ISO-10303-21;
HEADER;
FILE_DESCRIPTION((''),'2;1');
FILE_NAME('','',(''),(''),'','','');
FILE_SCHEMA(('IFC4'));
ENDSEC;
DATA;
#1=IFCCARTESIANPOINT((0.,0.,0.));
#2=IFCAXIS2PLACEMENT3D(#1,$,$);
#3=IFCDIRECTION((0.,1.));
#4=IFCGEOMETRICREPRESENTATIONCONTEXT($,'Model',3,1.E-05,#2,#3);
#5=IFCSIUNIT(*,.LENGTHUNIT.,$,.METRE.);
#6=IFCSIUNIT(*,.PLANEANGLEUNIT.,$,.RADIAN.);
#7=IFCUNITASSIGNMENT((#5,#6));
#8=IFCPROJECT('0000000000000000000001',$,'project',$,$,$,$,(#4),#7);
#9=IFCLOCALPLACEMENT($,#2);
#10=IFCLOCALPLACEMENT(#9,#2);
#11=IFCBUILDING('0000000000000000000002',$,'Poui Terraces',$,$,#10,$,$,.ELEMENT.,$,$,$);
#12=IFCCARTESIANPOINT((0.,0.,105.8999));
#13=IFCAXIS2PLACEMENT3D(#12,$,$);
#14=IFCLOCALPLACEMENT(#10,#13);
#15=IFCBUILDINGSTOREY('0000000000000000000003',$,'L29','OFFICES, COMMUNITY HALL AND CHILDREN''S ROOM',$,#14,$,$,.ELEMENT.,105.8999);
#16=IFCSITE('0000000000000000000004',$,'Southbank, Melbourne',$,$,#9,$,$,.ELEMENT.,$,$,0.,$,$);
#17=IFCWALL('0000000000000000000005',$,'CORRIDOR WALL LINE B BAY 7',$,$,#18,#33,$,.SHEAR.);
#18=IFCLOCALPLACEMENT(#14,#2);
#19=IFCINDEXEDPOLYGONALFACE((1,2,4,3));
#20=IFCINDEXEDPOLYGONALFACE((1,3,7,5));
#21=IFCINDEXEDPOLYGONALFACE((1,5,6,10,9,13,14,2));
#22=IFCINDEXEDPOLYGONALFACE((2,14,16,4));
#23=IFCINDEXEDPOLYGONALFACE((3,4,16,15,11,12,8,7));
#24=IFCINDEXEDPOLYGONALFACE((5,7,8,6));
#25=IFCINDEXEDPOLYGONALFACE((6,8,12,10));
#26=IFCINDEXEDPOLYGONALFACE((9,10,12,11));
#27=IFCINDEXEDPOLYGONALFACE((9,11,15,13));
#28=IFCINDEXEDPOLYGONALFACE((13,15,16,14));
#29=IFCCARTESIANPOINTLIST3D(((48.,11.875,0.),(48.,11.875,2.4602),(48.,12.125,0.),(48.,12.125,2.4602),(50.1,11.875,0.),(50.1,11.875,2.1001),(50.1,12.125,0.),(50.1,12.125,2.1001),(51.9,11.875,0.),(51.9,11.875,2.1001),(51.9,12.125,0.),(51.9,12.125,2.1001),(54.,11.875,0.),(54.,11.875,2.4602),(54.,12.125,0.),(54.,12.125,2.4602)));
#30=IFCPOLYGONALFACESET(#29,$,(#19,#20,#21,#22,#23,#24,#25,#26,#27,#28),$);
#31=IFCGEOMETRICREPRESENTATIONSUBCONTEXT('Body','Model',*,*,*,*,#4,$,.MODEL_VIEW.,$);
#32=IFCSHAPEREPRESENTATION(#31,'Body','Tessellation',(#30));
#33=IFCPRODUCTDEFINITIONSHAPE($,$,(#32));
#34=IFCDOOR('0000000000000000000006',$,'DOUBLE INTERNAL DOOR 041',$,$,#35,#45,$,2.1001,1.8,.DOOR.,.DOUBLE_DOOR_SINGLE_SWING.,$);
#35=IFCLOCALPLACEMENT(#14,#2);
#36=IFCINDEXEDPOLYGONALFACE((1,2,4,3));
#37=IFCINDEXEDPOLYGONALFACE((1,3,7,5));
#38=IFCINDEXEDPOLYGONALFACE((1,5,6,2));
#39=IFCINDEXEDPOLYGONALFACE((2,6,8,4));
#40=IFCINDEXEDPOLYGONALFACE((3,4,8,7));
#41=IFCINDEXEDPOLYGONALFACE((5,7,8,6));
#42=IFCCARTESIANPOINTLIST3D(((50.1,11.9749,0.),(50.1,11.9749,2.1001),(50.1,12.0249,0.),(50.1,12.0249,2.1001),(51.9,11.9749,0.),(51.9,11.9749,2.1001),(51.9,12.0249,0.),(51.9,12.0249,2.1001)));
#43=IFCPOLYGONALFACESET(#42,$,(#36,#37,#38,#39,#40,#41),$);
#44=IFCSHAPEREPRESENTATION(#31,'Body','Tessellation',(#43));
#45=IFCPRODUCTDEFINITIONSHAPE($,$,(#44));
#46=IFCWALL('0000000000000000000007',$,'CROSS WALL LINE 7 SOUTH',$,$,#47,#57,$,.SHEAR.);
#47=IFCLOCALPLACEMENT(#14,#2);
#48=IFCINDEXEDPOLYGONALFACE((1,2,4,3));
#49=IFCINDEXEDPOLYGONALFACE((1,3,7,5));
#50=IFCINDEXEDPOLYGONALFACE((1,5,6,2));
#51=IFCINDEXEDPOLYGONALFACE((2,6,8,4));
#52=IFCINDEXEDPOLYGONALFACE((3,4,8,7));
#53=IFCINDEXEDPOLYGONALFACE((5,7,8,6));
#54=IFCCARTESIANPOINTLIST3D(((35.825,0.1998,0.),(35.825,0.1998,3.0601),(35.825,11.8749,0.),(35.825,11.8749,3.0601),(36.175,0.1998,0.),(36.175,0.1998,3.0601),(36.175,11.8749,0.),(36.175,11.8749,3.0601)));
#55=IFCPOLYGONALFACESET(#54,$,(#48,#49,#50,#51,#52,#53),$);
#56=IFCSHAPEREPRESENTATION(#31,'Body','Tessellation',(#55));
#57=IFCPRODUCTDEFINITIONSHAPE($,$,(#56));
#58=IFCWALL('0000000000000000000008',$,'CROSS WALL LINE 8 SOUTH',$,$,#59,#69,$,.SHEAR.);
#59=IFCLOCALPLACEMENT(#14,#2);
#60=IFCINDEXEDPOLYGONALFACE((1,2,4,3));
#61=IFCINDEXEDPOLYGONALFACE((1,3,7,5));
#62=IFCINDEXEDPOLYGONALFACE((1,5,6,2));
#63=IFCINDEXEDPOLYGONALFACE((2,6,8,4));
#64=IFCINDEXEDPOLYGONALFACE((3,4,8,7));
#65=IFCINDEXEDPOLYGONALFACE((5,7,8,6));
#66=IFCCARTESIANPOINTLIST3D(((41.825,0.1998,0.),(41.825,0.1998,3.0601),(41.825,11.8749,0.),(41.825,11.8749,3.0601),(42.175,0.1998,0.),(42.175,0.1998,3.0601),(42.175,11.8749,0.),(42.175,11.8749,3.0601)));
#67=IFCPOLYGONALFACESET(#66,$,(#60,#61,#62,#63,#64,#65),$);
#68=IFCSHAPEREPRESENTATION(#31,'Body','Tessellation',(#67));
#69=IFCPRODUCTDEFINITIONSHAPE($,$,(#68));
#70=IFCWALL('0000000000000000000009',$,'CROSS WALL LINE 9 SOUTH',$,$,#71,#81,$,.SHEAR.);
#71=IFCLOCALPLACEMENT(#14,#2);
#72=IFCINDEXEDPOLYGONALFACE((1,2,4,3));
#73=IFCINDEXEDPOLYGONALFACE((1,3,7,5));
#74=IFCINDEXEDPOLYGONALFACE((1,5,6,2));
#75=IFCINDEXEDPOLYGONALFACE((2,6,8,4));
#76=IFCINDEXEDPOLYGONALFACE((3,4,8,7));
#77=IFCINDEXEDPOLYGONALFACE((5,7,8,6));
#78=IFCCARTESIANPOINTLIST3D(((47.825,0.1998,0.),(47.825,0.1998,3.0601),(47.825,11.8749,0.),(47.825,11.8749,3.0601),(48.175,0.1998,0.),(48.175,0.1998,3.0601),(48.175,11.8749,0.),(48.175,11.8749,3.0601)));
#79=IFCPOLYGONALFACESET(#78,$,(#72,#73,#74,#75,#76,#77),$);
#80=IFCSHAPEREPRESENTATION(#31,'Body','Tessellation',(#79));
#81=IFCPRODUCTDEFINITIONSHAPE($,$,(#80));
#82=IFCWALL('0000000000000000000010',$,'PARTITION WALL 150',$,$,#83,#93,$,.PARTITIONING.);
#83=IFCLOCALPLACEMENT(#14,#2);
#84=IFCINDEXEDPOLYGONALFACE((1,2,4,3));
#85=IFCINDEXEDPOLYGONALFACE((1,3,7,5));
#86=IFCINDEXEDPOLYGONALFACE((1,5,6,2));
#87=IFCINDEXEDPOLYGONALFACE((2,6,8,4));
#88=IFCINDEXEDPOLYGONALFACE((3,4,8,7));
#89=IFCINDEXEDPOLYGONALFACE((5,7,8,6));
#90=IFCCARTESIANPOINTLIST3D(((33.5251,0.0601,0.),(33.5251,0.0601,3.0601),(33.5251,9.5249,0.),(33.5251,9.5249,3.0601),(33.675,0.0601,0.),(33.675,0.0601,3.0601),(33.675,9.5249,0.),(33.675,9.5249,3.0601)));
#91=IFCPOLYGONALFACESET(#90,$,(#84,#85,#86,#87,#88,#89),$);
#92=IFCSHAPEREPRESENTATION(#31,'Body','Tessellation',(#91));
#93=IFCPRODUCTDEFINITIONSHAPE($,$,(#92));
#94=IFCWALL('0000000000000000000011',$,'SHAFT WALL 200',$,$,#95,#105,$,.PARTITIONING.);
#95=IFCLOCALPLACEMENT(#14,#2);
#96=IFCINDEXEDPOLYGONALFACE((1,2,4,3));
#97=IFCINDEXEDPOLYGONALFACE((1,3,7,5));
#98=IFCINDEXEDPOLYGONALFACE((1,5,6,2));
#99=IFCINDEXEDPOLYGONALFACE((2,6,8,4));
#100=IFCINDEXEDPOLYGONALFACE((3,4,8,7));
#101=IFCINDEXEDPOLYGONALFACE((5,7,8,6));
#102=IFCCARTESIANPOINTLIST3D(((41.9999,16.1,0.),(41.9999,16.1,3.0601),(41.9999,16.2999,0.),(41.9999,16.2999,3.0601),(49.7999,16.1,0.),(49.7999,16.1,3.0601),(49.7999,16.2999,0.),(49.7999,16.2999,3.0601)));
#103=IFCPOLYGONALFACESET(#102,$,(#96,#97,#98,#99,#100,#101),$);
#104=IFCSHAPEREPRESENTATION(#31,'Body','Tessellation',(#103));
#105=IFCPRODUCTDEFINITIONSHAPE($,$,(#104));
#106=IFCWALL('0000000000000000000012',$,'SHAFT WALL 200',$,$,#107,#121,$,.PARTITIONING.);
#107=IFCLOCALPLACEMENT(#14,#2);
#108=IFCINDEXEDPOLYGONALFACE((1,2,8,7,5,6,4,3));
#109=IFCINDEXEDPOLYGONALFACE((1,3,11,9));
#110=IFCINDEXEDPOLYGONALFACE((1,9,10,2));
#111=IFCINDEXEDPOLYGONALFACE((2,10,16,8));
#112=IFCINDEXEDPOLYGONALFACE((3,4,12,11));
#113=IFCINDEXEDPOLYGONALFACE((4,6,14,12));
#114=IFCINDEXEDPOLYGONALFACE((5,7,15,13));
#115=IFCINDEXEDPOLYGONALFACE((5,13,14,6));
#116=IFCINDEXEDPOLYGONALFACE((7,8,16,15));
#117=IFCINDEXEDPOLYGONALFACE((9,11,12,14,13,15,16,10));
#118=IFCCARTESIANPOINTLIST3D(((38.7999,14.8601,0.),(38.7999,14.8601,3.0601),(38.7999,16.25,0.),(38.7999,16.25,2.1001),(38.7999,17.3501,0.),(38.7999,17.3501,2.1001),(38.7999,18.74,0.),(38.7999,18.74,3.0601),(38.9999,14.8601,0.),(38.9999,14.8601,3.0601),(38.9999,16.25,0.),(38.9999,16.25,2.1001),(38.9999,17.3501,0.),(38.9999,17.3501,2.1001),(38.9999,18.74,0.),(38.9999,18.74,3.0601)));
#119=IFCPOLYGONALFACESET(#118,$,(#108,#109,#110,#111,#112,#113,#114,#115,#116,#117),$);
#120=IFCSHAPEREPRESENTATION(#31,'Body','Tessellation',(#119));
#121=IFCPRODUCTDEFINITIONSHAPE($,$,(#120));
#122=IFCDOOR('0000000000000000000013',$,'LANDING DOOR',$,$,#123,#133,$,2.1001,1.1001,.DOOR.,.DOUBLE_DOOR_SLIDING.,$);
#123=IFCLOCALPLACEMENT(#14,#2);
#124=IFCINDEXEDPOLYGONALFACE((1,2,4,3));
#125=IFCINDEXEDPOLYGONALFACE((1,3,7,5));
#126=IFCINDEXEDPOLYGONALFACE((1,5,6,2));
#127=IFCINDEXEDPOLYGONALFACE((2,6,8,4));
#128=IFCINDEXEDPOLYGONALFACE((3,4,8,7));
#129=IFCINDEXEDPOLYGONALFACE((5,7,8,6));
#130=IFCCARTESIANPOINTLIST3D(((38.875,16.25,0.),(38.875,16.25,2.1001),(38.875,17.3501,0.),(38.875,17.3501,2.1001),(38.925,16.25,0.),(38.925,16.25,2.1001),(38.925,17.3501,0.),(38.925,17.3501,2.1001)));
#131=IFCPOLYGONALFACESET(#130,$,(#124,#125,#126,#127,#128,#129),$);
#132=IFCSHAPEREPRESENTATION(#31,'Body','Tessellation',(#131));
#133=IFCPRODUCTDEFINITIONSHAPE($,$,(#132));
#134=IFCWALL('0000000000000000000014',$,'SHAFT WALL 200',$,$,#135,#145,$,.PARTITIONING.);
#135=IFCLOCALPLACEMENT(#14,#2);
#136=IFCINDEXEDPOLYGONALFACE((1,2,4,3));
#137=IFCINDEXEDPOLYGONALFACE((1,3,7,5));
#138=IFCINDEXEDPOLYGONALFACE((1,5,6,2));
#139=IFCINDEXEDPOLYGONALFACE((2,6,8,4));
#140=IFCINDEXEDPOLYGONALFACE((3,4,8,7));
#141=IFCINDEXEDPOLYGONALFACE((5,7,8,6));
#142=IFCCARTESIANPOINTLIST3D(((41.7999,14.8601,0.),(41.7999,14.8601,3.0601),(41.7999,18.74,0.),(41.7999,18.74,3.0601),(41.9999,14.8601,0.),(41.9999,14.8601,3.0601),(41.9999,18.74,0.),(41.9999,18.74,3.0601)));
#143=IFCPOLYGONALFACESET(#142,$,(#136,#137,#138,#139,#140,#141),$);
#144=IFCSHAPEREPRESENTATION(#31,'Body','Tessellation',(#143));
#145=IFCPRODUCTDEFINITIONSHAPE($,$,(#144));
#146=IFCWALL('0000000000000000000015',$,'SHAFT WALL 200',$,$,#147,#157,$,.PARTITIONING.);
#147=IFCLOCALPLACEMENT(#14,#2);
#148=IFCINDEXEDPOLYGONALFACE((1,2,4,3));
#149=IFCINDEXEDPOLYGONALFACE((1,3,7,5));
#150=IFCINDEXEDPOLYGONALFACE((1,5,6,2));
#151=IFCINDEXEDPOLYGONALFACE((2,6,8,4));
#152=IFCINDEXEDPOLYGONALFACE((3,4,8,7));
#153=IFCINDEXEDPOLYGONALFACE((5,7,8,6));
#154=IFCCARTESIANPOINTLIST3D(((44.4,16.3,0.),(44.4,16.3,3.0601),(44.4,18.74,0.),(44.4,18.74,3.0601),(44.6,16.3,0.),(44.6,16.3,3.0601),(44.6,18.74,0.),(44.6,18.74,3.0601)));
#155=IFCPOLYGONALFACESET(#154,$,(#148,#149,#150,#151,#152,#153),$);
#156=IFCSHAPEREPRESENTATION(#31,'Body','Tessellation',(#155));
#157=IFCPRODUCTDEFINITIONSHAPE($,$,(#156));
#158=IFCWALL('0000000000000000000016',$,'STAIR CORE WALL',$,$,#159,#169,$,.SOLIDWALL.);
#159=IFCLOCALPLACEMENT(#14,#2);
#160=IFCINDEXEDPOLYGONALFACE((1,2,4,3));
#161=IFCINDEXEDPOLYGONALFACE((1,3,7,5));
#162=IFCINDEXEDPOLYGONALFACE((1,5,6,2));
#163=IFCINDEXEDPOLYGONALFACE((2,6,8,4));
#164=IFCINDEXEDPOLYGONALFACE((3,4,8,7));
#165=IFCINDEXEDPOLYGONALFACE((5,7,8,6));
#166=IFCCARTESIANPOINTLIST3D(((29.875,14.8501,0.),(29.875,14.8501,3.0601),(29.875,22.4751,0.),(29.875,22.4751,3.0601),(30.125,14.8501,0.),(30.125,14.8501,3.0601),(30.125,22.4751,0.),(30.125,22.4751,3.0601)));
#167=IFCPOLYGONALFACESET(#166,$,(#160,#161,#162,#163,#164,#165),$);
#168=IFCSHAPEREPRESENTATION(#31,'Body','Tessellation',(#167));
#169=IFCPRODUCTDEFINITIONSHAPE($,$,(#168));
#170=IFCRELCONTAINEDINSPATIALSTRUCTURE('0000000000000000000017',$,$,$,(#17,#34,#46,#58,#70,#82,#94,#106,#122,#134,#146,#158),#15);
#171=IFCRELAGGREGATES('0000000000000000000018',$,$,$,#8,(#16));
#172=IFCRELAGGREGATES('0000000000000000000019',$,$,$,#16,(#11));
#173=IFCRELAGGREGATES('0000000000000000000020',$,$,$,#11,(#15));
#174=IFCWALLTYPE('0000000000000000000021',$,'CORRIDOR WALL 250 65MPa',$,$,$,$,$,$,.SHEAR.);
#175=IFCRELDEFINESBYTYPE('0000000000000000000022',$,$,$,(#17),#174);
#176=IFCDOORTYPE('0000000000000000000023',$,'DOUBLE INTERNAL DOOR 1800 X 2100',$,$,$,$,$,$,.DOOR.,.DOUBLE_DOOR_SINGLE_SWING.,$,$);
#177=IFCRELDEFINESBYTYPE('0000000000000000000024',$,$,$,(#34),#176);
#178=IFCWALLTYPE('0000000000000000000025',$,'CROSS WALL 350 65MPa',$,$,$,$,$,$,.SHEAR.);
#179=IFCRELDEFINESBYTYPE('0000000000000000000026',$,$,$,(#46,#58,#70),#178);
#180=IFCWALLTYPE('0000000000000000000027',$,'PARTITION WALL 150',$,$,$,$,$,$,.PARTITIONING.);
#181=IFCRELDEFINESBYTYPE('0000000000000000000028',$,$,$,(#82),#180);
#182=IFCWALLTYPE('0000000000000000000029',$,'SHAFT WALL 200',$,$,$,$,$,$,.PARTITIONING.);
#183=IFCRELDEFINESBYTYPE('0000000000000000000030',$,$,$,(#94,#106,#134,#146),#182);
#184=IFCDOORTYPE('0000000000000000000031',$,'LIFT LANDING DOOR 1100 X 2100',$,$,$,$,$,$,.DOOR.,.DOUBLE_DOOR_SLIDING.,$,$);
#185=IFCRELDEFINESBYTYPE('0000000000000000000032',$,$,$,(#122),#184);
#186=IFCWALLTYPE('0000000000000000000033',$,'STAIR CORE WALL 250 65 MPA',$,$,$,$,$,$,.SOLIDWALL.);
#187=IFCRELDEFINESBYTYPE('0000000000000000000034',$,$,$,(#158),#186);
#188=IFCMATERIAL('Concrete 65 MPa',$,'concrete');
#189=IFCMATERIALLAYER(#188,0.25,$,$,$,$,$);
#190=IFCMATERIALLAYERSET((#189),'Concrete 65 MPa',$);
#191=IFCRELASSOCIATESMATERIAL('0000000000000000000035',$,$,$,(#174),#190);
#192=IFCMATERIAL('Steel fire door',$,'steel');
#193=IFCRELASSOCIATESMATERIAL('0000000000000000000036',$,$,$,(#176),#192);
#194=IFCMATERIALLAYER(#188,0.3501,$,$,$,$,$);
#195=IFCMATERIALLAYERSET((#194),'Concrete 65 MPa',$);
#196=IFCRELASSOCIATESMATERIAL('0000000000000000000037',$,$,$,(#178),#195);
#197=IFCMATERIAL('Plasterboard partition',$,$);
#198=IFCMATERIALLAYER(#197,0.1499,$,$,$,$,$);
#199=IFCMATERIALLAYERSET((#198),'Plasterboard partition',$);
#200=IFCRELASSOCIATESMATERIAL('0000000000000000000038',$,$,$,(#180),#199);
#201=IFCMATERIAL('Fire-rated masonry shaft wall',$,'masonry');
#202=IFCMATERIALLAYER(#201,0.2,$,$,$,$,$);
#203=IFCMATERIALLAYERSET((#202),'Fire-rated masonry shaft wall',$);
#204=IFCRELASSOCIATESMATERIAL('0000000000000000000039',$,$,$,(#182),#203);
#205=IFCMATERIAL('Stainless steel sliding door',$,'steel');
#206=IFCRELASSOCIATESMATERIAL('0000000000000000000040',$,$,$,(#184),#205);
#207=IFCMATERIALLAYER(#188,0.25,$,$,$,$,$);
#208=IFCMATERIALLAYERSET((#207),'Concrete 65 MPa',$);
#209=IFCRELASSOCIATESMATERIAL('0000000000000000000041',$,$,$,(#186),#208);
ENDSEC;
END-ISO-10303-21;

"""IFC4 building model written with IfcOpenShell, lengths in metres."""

from ifc_helpers import new_model, si_unit, direction, frame, frame_2d, origin, place, context, subcontext, project, spatial, rectangle, extrude, material, layer, layer_set, type_object, element, fill, save


model = new_model("IFC4")

# Units and contexts
model_context = context("Model", 3, precision=1e-05, world=origin(), true_north=direction((0.0, 1.0)))
body_context = subcontext(model_context, "Body", "Model", "MODEL_VIEW")
ifc_project = project(units=[si_unit("LENGTHUNIT", "METRE"), si_unit("PLANEANGLEUNIT", "RADIAN")], contexts=[model_context])

# Site, building, storey
site_placement = place(None, origin())
site = spatial("IfcSite", under=ifc_project, at=site_placement, Name="Southbank, Melbourne", CompositionType="ELEMENT", RefElevation=0.0)
building_placement = place(site_placement, origin())
building = spatial("IfcBuilding", under=site, at=building_placement, Name="Poui Terraces", CompositionType="ELEMENT")
storey_placement = place(building_placement, frame((0.0, 0.0, 105.8999)))
storey = spatial("IfcBuildingStorey", under=building, at=storey_placement, Name="L29", Description="OFFICES, COMMUNITY HALL AND CHILDREN'S ROOM", CompositionType="ELEMENT", Elevation=105.8999)

# Shared definitions
ifc_material_1 = material(Name="Concrete 65 MPa", Category="concrete")

# Wall, opening, door
ifc_layer_1 = layer(ifc_material_1, 0.25)
ifc_layer_set_1 = layer_set([ifc_layer_1], Name="Concrete 65 MPa")
wall_type_1 = type_object("IfcWallType", Name="CORRIDOR WALL 250 65MPa", PredefinedType="SHEAR", material=ifc_layer_set_1)
ifc_material_2 = material(Name="Steel fire door", Category="steel")
door_type_1 = type_object("IfcDoorType", Name="DOUBLE INTERNAL DOOR 1800 X 2100", OperationType="DOUBLE_DOOR_SINGLE_SWING", PredefinedType="DOOR", material=ifc_material_2)
wall_1_placement = place(storey_placement, frame((48.0, 12.0, 0.0), z_axis=(0.0, 0.0, 1.0), x_axis=(1.0, 0.0, 0.0)))
wall_1 = element("IfcWall", 1, at=wall_1_placement, inside=storey, type_object=wall_type_1, Name="CORRIDOR WALL LINE B BAY 7", PredefinedType="SHEAR", context=body_context, shape_type="SweptSolid", body=[
    extrude(rectangle(XDim=6.0, YDim=0.25, at=frame_2d((3.0, 0.0))), origin(), (0.0, 0.0, 1.0), 2.4602),
])
opening_1_placement = place(wall_1_placement, frame((2.1001, 0.0, 0.0)))
opening_1 = element("IfcOpeningElement", 2, at=opening_1_placement, cuts=wall_1, PredefinedType="OPENING", context=body_context, shape_type="SweptSolid", body=[
    extrude(rectangle(XDim=1.8, YDim=2.1001, at=frame_2d((0.8999, 1.05))), frame((0.0, 0.135, 0.0), z_axis=(0.0, -1.0, 0.0), x_axis=(1.0, 0.0, 0.0)), (0.0, 0.0, 1.0), 0.27),
])
door_1_placement = place(opening_1_placement, origin())
door_1 = element("IfcDoor", 3, at=door_1_placement, inside=storey, type_object=door_type_1, Name="DOUBLE INTERNAL DOOR 041", OperationType="DOUBLE_DOOR_SINGLE_SWING", OverallHeight=2.1001, OverallWidth=1.8, PredefinedType="DOOR", context=body_context, shape_type="SweptSolid", body=[
    extrude(rectangle(XDim=1.8, YDim=2.1001, at=frame_2d((0.8999, 1.05))), frame((0.0, 0.0249, 0.0), z_axis=(0.0, -1.0, 0.0), x_axis=(1.0, 0.0, 0.0)), (0.0, 0.0, 1.0), 0.05),
])
fill(opening_1, door_1)

# Walls
ifc_layer_2 = layer(ifc_material_1, 0.3501)
ifc_layer_set_2 = layer_set([ifc_layer_2], Name="Concrete 65 MPa")
wall_type_2 = type_object("IfcWallType", Name="CROSS WALL 350 65MPa", PredefinedType="SHEAR", material=ifc_layer_set_2)
for number, where, z_axis, x_axis, name in (
    (4, (36.0, 0.2, 0.0), (0.0, 0.0, 1.0), (0.0, 1.0, 0.0), "CROSS WALL LINE 7 SOUTH"),
    (5, (42.0, 0.2, 0.0), (0.0, 0.0, 1.0), (0.0, 1.0, 0.0), "CROSS WALL LINE 8 SOUTH"),
    (6, (48.0, 0.2, 0.0), (0.0, 0.0, 1.0), (0.0, 1.0, 0.0), "CROSS WALL LINE 9 SOUTH"),
):
    element("IfcWall", number, at=place(storey_placement, frame(where, z_axis=z_axis, x_axis=x_axis)), inside=storey, type_object=wall_type_2, Name=name, PredefinedType="SHEAR", context=body_context, shape_type="SweptSolid", body=[
        extrude(rectangle(XDim=11.675, YDim=0.3501, at=frame_2d((5.8374, 0.0))), origin(), (0.0, 0.0, 1.0), 3.0601),
    ])
ifc_material_3 = material(Name="Plasterboard partition")
ifc_layer_3 = layer(ifc_material_3, 0.1499)
ifc_layer_set_3 = layer_set([ifc_layer_3], Name="Plasterboard partition")
wall_type_3 = type_object("IfcWallType", Name="PARTITION WALL 150", PredefinedType="PARTITIONING", material=ifc_layer_set_3)
wall_2_placement = place(storey_placement, frame((33.6001, 0.0601, 0.0), z_axis=(0.0, 0.0, 1.0), x_axis=(0.0, 1.0, 0.0)))
element("IfcWall", 7, at=wall_2_placement, inside=storey, type_object=wall_type_3, Name="PARTITION WALL 150", PredefinedType="PARTITIONING", context=body_context, shape_type="SweptSolid", body=[
    extrude(rectangle(XDim=9.4648, YDim=0.1499, at=frame_2d((4.7324, 0.0))), origin(), (0.0, 0.0, 1.0), 3.0601),
])
ifc_material_4 = material(Name="Fire-rated masonry shaft wall", Category="masonry")
ifc_layer_4 = layer(ifc_material_4, 0.2)
ifc_layer_set_4 = layer_set([ifc_layer_4], Name="Fire-rated masonry shaft wall")
wall_type_4 = type_object("IfcWallType", Name="SHAFT WALL 200", PredefinedType="PARTITIONING", material=ifc_layer_set_4)
wall_3_placement = place(storey_placement, frame((42.0, 16.2, 0.0), z_axis=(0.0, 0.0, 1.0), x_axis=(1.0, 0.0, 0.0)))
element("IfcWall", 8, at=wall_3_placement, inside=storey, type_object=wall_type_4, Name="SHAFT WALL 200", PredefinedType="PARTITIONING", context=body_context, shape_type="SweptSolid", body=[
    extrude(rectangle(XDim=7.8, YDim=0.2, at=frame_2d((3.8999, 0.0))), origin(), (0.0, 0.0, 1.0), 3.0601),
])

# Wall, opening, door
wall_4_placement = place(storey_placement, frame((38.8999, 14.8601, 0.0), z_axis=(0.0, 0.0, 1.0), x_axis=(0.0, 1.0, 0.0)))
wall_4 = element("IfcWall", 9, at=wall_4_placement, inside=storey, type_object=wall_type_4, Name="SHAFT WALL 200", PredefinedType="PARTITIONING", context=body_context, shape_type="SweptSolid", body=[
    extrude(rectangle(XDim=3.8799, YDim=0.2, at=frame_2d((1.9399, 0.0))), origin(), (0.0, 0.0, 1.0), 3.0601),
])
opening_2_placement = place(wall_4_placement, frame((1.3899, 0.0, 0.0)))
opening_2 = element("IfcOpeningElement", 10, at=opening_2_placement, cuts=wall_4, PredefinedType="OPENING", context=body_context, shape_type="SweptSolid", body=[
    extrude(rectangle(XDim=1.1001, YDim=2.1001, at=frame_2d((0.55, 1.05))), frame((0.0, 0.1099, 0.0), z_axis=(0.0, -1.0, 0.0), x_axis=(1.0, 0.0, 0.0)), (0.0, 0.0, 1.0), 0.22),
])
ifc_material_5 = material(Name="Stainless steel sliding door", Category="steel")
door_type_2 = type_object("IfcDoorType", Name="LIFT LANDING DOOR 1100 X 2100", OperationType="DOUBLE_DOOR_SLIDING", PredefinedType="DOOR", material=ifc_material_5)
door_2_placement = place(opening_2_placement, origin())
door_2 = element("IfcDoor", 11, at=door_2_placement, inside=storey, type_object=door_type_2, Name="LANDING DOOR", OperationType="DOUBLE_DOOR_SLIDING", OverallHeight=2.1001, OverallWidth=1.1001, PredefinedType="DOOR", context=body_context, shape_type="SweptSolid", body=[
    extrude(rectangle(XDim=1.1001, YDim=2.1001, at=frame_2d((0.55, 1.05))), frame((0.0, 0.0249, 0.0), z_axis=(0.0, -1.0, 0.0), x_axis=(1.0, 0.0, 0.0)), (0.0, 0.0, 1.0), 0.05),
])
fill(opening_2, door_2)

# Walls
wall_5_placement = place(storey_placement, frame((41.8999, 14.8601, 0.0), z_axis=(0.0, 0.0, 1.0), x_axis=(0.0, 1.0, 0.0)))
element("IfcWall", 12, at=wall_5_placement, inside=storey, type_object=wall_type_4, Name="SHAFT WALL 200", PredefinedType="PARTITIONING", context=body_context, shape_type="SweptSolid", body=[
    extrude(rectangle(XDim=3.8799, YDim=0.2, at=frame_2d((1.9399, 0.0))), origin(), (0.0, 0.0, 1.0), 3.0601),
])
wall_6_placement = place(storey_placement, frame((44.5, 16.3, 0.0), z_axis=(0.0, 0.0, 1.0), x_axis=(0.0, 1.0, 0.0)))
element("IfcWall", 13, at=wall_6_placement, inside=storey, type_object=wall_type_4, Name="SHAFT WALL 200", PredefinedType="PARTITIONING", context=body_context, shape_type="SweptSolid", body=[
    extrude(rectangle(XDim=2.4399, YDim=0.2, at=frame_2d((1.22, 0.0))), origin(), (0.0, 0.0, 1.0), 3.0601),
])
ifc_layer_5 = layer(ifc_material_1, 0.25)
ifc_layer_set_5 = layer_set([ifc_layer_5], Name="Concrete 65 MPa")
wall_type_5 = type_object("IfcWallType", Name="STAIR CORE WALL 250 65 MPA", PredefinedType="SOLIDWALL", material=ifc_layer_set_5)
wall_7_placement = place(storey_placement, frame((30.0, 14.8501, 0.0), z_axis=(0.0, 0.0, 1.0), x_axis=(0.0, 1.0, 0.0)))
element("IfcWall", 14, at=wall_7_placement, inside=storey, type_object=wall_type_5, Name="STAIR CORE WALL", PredefinedType="SOLIDWALL", context=body_context, shape_type="SweptSolid", body=[
    extrude(rectangle(XDim=7.625, YDim=0.25, at=frame_2d((3.8125, 0.0))), origin(), (0.0, 0.0, 1.0), 3.0601),
])

save(model, "model.ifc")
